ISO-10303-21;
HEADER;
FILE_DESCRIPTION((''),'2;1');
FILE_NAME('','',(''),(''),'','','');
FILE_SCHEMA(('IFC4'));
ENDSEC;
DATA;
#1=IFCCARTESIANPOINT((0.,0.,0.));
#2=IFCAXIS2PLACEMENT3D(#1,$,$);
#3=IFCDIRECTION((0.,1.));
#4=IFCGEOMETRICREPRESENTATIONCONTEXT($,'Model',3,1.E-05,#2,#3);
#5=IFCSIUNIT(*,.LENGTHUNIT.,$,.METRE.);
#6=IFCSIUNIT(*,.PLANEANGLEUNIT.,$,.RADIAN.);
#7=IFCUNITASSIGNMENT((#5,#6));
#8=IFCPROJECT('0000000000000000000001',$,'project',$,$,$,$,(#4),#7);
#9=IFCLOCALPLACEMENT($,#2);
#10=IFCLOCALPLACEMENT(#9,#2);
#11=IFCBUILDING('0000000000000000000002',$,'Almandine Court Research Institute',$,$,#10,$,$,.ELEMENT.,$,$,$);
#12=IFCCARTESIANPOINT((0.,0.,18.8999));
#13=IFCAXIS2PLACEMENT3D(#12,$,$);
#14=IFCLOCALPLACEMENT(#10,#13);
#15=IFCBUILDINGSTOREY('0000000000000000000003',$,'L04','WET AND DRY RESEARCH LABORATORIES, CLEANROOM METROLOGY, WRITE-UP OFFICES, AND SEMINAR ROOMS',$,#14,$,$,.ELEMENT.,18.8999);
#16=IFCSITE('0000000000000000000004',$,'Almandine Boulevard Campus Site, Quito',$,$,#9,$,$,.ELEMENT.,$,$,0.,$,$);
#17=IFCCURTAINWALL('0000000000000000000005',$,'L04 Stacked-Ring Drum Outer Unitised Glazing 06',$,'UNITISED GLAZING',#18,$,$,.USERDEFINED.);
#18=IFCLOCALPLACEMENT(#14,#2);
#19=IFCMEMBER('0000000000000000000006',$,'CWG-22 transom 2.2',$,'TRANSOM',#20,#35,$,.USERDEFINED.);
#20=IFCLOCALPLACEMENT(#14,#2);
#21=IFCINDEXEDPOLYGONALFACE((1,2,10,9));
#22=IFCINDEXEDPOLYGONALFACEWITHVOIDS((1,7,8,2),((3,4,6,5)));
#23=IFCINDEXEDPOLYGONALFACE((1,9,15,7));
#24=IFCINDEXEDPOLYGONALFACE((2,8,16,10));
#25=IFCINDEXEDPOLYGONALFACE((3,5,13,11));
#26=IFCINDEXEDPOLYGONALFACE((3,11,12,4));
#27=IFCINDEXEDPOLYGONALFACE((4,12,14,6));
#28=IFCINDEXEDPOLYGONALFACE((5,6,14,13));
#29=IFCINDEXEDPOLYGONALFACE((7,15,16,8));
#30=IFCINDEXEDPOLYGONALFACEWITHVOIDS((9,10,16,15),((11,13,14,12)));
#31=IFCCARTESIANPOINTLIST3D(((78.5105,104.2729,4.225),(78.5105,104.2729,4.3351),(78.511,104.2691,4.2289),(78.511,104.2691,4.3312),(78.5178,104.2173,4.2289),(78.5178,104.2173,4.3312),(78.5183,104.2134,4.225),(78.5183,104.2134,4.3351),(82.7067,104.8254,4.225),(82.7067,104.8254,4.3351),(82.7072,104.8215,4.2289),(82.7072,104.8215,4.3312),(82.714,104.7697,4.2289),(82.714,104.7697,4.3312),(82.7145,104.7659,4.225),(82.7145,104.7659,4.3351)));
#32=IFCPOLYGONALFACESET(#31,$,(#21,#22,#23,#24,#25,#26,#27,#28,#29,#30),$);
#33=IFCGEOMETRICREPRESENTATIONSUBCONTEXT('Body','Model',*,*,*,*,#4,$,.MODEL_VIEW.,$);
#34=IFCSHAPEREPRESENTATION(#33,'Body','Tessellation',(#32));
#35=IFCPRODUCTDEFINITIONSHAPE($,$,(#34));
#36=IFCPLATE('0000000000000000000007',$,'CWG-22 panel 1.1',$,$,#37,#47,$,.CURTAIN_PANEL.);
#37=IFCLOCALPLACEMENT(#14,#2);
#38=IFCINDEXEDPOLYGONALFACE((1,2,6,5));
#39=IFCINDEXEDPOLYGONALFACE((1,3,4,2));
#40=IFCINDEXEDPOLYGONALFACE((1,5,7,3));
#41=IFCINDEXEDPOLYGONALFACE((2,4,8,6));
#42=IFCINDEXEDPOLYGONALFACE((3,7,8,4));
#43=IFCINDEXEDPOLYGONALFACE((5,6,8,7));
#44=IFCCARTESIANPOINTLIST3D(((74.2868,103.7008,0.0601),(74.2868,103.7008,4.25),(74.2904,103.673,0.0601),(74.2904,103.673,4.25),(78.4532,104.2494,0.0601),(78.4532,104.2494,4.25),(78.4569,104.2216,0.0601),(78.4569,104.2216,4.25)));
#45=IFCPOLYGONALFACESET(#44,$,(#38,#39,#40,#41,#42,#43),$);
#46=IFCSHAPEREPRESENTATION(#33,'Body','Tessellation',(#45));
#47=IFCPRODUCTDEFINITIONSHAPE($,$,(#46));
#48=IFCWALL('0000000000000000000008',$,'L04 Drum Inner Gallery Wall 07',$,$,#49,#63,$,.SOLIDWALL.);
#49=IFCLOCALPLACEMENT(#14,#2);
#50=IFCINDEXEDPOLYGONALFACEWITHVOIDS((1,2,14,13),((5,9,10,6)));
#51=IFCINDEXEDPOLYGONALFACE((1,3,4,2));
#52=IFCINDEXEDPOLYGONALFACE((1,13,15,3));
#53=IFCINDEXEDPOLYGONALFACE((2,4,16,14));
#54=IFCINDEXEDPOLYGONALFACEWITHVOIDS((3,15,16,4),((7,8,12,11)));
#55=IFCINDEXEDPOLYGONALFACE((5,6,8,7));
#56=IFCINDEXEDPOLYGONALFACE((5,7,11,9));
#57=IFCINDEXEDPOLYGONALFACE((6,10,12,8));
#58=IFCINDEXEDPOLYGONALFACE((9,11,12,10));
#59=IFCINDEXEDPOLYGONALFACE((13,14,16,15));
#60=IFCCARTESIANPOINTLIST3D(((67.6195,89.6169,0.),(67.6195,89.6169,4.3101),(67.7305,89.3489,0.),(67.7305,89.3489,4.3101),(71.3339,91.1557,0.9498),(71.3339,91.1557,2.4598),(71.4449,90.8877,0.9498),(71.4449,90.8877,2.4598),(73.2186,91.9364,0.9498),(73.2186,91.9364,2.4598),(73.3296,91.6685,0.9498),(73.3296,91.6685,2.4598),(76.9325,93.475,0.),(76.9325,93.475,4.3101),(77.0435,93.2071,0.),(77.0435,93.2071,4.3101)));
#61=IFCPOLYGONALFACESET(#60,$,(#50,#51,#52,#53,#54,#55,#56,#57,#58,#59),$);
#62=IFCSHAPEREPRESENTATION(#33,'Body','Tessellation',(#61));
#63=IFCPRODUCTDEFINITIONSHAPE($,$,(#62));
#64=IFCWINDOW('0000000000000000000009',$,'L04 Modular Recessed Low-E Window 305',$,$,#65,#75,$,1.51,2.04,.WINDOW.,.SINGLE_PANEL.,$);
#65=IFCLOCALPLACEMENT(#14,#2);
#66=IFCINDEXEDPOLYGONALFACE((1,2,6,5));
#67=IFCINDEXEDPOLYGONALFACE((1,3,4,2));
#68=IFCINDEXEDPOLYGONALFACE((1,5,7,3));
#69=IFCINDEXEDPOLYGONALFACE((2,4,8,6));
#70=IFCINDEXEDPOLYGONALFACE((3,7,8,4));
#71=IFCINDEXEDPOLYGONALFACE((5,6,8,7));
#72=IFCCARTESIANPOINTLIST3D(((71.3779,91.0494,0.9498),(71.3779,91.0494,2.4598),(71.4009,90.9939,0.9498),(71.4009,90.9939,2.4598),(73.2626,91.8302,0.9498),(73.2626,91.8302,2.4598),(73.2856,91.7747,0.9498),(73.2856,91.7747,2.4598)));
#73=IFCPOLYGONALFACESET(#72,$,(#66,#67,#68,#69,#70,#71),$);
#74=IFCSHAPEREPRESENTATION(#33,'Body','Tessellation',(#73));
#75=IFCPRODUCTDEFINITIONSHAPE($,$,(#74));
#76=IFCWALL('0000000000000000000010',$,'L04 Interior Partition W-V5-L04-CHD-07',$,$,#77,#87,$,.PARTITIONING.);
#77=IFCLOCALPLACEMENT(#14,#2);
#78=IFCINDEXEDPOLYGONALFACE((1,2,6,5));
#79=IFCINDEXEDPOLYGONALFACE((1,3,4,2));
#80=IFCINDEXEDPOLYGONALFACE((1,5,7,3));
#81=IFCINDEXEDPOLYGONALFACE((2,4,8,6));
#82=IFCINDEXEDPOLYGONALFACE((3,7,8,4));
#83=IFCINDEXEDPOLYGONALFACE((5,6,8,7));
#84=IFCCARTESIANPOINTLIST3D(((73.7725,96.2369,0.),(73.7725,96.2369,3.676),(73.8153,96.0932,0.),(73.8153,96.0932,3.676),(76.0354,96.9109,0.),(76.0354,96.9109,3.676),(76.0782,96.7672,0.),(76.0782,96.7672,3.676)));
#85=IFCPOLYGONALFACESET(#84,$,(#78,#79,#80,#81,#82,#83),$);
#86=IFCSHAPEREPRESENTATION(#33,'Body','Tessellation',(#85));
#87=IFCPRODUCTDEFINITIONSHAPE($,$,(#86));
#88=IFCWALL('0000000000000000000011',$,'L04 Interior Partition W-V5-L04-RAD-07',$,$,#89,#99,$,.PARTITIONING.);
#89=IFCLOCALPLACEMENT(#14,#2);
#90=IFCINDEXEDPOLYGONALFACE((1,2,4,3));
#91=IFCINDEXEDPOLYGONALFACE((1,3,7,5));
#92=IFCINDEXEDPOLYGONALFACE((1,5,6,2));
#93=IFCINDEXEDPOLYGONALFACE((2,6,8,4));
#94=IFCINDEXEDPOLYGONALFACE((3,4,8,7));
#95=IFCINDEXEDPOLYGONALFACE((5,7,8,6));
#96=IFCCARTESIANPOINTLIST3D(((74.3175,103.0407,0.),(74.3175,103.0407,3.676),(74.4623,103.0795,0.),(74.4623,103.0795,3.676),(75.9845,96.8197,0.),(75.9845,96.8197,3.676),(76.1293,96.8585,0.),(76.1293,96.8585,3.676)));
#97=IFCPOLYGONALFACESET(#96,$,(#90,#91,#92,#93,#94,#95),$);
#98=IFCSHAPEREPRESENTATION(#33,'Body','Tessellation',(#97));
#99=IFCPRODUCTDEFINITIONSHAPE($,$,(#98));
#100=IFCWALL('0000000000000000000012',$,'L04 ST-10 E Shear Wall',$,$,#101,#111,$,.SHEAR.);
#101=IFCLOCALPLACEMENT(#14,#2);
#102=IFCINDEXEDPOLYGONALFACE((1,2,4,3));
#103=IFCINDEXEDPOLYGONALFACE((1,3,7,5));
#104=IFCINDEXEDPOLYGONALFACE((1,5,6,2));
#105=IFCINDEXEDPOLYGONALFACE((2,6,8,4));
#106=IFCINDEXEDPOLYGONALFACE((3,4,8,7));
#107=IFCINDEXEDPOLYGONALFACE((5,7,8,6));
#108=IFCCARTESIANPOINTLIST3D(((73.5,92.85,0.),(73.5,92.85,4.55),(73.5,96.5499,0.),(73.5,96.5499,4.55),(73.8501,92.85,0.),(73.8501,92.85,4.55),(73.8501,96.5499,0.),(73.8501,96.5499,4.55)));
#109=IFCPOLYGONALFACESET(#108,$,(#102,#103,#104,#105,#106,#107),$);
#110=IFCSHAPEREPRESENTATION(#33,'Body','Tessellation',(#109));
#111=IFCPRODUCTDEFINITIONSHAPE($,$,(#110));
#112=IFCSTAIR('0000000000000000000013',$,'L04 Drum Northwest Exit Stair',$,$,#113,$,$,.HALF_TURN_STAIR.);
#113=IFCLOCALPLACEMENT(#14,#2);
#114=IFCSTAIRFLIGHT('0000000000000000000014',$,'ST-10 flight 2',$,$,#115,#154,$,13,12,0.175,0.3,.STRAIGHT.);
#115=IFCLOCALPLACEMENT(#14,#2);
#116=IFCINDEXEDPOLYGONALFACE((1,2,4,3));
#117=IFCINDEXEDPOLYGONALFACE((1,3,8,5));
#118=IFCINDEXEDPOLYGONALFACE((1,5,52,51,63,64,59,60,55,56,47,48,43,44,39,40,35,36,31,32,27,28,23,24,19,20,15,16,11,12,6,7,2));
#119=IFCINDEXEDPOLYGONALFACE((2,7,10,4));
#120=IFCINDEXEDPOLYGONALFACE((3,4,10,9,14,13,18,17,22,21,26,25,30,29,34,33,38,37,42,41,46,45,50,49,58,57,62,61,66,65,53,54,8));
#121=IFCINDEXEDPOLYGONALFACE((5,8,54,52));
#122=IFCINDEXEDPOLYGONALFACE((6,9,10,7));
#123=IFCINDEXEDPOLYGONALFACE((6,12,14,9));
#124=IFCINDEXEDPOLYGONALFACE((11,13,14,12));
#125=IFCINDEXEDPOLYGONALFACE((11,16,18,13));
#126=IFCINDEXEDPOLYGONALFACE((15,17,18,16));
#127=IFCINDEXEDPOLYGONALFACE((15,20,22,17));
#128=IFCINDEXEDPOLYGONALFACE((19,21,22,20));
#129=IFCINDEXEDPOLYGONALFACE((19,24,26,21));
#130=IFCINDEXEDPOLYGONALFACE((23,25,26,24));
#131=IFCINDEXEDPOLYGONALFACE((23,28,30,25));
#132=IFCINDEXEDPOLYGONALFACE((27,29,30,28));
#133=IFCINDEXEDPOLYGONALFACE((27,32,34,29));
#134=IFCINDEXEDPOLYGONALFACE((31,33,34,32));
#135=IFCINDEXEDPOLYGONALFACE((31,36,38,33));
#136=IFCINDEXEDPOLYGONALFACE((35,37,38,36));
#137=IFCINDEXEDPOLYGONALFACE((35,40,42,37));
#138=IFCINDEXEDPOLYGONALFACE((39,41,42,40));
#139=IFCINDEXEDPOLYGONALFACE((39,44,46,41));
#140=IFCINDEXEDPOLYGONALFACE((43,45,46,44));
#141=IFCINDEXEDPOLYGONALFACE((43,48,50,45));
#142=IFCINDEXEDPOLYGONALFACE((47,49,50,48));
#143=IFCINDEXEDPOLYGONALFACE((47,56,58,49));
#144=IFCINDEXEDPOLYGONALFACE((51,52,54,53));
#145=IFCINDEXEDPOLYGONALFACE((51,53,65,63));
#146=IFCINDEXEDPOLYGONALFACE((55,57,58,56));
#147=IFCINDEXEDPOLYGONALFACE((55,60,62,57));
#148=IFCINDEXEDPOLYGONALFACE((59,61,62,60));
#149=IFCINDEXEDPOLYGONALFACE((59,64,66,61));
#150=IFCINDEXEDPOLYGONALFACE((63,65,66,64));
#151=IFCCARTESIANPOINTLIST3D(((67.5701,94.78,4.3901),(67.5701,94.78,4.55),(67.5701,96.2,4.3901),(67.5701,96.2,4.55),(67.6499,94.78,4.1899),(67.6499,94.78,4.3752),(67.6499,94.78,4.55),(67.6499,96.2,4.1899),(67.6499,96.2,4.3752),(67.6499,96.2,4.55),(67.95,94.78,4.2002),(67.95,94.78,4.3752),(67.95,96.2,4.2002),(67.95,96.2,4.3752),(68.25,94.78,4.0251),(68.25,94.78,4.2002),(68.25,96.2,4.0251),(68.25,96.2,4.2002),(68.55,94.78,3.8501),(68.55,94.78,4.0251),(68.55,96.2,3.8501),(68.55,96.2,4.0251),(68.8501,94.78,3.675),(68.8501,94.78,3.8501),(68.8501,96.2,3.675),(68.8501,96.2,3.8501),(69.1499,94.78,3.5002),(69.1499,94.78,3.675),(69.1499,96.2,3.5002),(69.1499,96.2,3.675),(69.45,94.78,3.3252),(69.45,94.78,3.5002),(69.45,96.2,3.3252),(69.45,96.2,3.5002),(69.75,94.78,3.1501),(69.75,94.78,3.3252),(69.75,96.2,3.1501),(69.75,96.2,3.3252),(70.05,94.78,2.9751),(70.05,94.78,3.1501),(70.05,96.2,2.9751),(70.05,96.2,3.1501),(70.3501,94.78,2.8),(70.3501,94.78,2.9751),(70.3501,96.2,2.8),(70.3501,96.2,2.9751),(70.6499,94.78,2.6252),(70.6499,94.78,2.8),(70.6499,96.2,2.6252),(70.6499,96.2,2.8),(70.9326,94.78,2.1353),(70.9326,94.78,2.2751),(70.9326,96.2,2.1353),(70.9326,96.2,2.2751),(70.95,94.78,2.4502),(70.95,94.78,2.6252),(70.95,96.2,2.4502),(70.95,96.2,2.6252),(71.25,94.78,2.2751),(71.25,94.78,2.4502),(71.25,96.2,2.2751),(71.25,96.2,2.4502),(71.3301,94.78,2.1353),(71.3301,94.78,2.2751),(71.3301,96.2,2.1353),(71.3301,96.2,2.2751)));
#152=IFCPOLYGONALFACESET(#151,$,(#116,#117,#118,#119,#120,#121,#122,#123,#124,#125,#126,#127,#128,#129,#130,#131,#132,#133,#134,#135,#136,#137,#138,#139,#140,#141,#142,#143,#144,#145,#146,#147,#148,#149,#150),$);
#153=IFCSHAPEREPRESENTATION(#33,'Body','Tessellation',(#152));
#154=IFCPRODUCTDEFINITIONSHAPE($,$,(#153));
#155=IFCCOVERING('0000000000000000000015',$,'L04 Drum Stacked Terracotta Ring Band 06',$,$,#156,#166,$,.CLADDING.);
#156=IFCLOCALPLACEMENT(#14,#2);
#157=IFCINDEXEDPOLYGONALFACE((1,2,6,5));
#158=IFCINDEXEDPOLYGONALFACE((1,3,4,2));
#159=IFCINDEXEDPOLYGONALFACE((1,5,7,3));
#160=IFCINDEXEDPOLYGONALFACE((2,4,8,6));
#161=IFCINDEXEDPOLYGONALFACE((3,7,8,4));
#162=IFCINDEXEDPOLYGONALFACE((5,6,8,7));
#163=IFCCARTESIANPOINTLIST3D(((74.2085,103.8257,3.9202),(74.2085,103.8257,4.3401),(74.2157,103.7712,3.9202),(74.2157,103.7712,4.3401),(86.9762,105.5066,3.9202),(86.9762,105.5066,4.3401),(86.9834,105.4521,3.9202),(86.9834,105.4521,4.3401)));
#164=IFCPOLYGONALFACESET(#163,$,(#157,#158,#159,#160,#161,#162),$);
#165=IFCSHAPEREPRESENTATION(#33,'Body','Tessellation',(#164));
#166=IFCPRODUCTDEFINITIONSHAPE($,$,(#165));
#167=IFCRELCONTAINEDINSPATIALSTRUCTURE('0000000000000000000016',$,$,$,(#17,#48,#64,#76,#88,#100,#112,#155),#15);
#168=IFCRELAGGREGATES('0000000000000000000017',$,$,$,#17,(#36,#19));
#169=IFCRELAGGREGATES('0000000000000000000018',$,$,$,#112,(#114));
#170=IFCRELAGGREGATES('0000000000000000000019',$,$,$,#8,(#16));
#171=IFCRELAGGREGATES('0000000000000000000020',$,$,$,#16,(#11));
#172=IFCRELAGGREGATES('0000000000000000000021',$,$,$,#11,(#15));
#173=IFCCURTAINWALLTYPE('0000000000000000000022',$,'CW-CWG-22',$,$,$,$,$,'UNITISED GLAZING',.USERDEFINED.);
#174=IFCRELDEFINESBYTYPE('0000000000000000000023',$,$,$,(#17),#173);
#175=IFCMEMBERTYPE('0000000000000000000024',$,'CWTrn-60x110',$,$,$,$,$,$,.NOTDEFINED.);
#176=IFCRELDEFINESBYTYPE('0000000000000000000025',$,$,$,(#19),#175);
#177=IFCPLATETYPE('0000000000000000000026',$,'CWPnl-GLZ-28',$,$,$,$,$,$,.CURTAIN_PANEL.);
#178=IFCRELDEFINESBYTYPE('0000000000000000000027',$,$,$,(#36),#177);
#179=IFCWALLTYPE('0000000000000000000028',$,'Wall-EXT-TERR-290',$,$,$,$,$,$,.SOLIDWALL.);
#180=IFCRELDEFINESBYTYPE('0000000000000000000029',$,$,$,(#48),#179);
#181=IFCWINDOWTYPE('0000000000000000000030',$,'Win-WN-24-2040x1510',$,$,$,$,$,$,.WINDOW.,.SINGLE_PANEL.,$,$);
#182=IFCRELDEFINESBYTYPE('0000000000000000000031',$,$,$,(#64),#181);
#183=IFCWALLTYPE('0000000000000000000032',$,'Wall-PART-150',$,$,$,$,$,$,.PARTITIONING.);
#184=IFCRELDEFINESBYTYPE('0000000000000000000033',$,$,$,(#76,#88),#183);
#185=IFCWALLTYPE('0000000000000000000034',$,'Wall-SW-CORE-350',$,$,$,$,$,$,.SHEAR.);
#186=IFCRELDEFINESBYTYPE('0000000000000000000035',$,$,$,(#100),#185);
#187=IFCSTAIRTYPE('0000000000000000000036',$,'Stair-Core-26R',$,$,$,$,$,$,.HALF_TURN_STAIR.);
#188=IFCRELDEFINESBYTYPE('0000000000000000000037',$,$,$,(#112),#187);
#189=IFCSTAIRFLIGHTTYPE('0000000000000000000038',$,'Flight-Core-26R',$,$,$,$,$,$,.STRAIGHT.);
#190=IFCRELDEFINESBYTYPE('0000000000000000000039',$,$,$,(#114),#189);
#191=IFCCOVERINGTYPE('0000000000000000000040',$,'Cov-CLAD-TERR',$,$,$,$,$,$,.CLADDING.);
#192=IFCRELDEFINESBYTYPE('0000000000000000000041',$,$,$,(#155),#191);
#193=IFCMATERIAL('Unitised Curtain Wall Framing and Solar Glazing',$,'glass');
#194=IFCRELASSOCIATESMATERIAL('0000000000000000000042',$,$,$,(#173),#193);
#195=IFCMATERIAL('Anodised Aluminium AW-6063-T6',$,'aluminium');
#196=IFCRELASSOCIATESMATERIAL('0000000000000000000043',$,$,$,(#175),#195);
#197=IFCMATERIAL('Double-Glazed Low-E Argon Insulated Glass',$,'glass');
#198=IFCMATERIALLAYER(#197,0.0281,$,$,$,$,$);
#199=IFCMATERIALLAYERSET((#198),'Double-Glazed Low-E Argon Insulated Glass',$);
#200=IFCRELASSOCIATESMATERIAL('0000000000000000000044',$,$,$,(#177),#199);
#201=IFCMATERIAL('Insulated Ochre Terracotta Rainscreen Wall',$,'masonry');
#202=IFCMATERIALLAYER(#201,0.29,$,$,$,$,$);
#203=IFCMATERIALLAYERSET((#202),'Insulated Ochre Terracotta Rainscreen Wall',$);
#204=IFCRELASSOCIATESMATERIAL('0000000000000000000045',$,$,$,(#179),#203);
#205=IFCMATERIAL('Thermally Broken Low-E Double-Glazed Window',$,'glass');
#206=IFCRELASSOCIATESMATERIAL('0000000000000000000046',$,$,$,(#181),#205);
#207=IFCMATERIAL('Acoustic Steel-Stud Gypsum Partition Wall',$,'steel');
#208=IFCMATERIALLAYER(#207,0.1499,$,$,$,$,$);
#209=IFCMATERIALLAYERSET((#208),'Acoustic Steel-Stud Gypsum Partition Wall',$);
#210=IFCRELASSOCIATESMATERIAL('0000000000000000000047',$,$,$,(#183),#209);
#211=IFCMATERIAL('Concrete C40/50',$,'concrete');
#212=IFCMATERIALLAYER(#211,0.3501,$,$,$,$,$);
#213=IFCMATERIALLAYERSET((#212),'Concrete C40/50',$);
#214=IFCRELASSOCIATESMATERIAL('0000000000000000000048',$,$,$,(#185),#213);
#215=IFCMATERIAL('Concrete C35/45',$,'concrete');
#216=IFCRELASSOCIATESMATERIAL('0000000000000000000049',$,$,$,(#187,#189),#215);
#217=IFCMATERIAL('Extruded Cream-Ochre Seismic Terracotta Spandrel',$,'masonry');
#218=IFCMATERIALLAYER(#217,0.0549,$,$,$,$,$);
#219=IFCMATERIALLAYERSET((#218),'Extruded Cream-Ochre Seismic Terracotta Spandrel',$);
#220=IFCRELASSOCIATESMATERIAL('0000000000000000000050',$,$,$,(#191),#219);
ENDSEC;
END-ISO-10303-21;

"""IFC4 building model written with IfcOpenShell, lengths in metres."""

from ifc_helpers import new_model, si_unit, direction, frame, frame_2d, origin, origin_2d, place, context, subcontext, project, spatial, polyline, rectangle, hollow_rectangle, outline, extrude, material, layer, layer_set, material_profile, profile_set, type_object, element, fill, aggregate, save


model = new_model("IFC4")

# Units and contexts
model_context = context("Model", 3, precision=1e-05, world=origin(), true_north=direction((0.0, 1.0)))
body_context = subcontext(model_context, "Body", "Model", "MODEL_VIEW")
ifc_project = project(units=[si_unit("LENGTHUNIT", "METRE"), si_unit("PLANEANGLEUNIT", "RADIAN")], contexts=[model_context])

# Site, building, storey
site_placement = place(None, origin())
site = spatial("IfcSite", under=ifc_project, at=site_placement, Name="Almandine Boulevard Campus Site, Quito", CompositionType="ELEMENT", RefElevation=0.0)
building_placement = place(site_placement, origin())
building = spatial("IfcBuilding", under=site, at=building_placement, Name="Almandine Court Research Institute", CompositionType="ELEMENT")
storey_placement = place(building_placement, frame((0.0, 0.0, 18.8999)))
storey = spatial("IfcBuildingStorey", under=building, at=storey_placement, Name="L04", Description="WET AND DRY RESEARCH LABORATORIES, CLEANROOM METROLOGY, WRITE-UP OFFICES, AND SEMINAR ROOMS", CompositionType="ELEMENT", Elevation=18.8999)

# Curtain wall, member, plate
ifc_material_1 = material(Name="Unitised Curtain Wall Framing and Solar Glazing", Category="glass")
curtain_wall_type = type_object("IfcCurtainWallType", Name="CW-CWG-22", ElementType="UNITISED GLAZING", PredefinedType="USERDEFINED", material=ifc_material_1)
curtain_wall_placement = place(storey_placement, origin())
curtain_wall = element("IfcCurtainWall", 1, at=curtain_wall_placement, inside=storey, type_object=curtain_wall_type, Name="L04 Stacked-Ring Drum Outer Unitised Glazing 06", ObjectType="UNITISED GLAZING", PredefinedType="USERDEFINED")
ifc_material_2 = material(Name="Anodised Aluminium AW-6063-T6", Category="aluminium")
ifc_material_profile_1 = material_profile(ifc_material_2, hollow_rectangle(XDim=0.0601, YDim=0.1101, WallThickness=0.0039, at=origin_2d()), Name="ALU RHS 60x110x4")
ifc_profile_set_1 = profile_set([ifc_material_profile_1], Name="Anodised Aluminium AW-6063-T6")
member_type_1 = type_object("IfcMemberType", Name="CWTrn-60x110", PredefinedType="NOTDEFINED", material=ifc_profile_set_1)
member_1_placement = place(storey_placement, frame((78.5144, 104.2432, 4.28), z_axis=(0.991444, 0.130535, 0.0), x_axis=(-0.130535, 0.991444, 0.0)))
member_1 = element("IfcMember", 2, at=member_1_placement, type_object=member_type_1, Name="CWG-22 transom 2.2", ObjectType="TRANSOM", PredefinedType="USERDEFINED", context=body_context, shape_type="SweptSolid", body=[
    extrude(hollow_rectangle(XDim=0.0601, YDim=0.1101, WallThickness=0.0039, at=origin_2d()), origin(), (0.0, 0.0, 1.0), 4.2324),
])
ifc_material_3 = material(Name="Double-Glazed Low-E Argon Insulated Glass", Category="glass")
ifc_layer_1 = layer(ifc_material_3, 0.0281)
ifc_layer_set_1 = layer_set([ifc_layer_1], Name="Double-Glazed Low-E Argon Insulated Glass")
plate_type = type_object("IfcPlateType", Name="CWPnl-GLZ-28", PredefinedType="CURTAIN_PANEL", material=ifc_layer_set_1)
plate_placement = place(storey_placement, frame((76.3718, 103.9612, 0.0601), z_axis=(0.0, 0.0, 1.0), x_axis=(0.991443, 0.130541, 0.0)))
plate = element("IfcPlate", 3, at=plate_placement, type_object=plate_type, Name="CWG-22 panel 1.1", PredefinedType="CURTAIN_PANEL", context=body_context, shape_type="SweptSolid", body=[
    extrude(rectangle(XDim=4.2024, YDim=0.0281, at=origin_2d()), origin(), (0.0, 0.0, 1.0), 4.1899),
])
aggregate(curtain_wall, [plate, member_1])

# Wall, opening, window
ifc_material_4 = material(Name="Insulated Ochre Terracotta Rainscreen Wall", Category="masonry")
ifc_layer_2 = layer(ifc_material_4, 0.29)
ifc_layer_set_2 = layer_set([ifc_layer_2], Name="Insulated Ochre Terracotta Rainscreen Wall")
wall_type_1 = type_object("IfcWallType", Name="Wall-EXT-TERR-290", PredefinedType="SOLIDWALL", material=ifc_layer_set_2)
wall_1_placement = place(storey_placement, frame((76.988, 93.3411, 0.0), z_axis=(0.0, 0.0, 1.0), x_axis=(-0.923859, -0.382733, 0.0)))
wall_1 = element("IfcWall", 4, at=wall_1_placement, inside=storey, type_object=wall_type_1, Name="L04 Drum Inner Gallery Wall 07", PredefinedType="SOLIDWALL", context=body_context, shape_type="SweptSolid", body=[
    extrude(rectangle(XDim=10.0806, YDim=0.29, at=frame_2d((5.0403, 0.0))), origin(), (0.0, 0.0, 1.0), 4.3101),
])
opening_placement = place(wall_1_placement, frame((4.02, 0.0, 0.95)))
opening = element("IfcOpeningElement", 5, at=opening_placement, cuts=wall_1, PredefinedType="OPENING", context=body_context, shape_type="SweptSolid", body=[
    extrude(rectangle(XDim=2.04, YDim=1.51, at=frame_2d((1.02, 0.7549))), frame((0.0, 0.155, 0.0), z_axis=(0.0, -1.0, 0.0), x_axis=(1.0, 0.0, 0.0)), (0.0, 0.0, 1.0), 0.3101),
])
ifc_material_5 = material(Name="Thermally Broken Low-E Double-Glazed Window", Category="glass")
window_type = type_object("IfcWindowType", Name="Win-WN-24-2040x1510", PartitioningType="SINGLE_PANEL", PredefinedType="WINDOW", material=ifc_material_5)
window_placement = place(opening_placement, origin())
window = element("IfcWindow", 6, at=window_placement, inside=storey, type_object=window_type, Name="L04 Modular Recessed Low-E Window 305", OverallHeight=1.51, OverallWidth=2.04, PartitioningType="SINGLE_PANEL", PredefinedType="WINDOW", context=body_context, shape_type="SweptSolid", body=[
    extrude(rectangle(XDim=2.04, YDim=1.51, at=frame_2d((1.02, 0.7549))), frame((0.0, 0.03, 0.0), z_axis=(0.0, -1.0, 0.0), x_axis=(1.0, 0.0, 0.0)), (0.0, 0.0, 1.0), 0.0601),
])
fill(opening, window)

# Walls
ifc_material_6 = material(Name="Acoustic Steel-Stud Gypsum Partition Wall", Category="steel")
ifc_layer_3 = layer(ifc_material_6, 0.1499)
ifc_layer_set_3 = layer_set([ifc_layer_3], Name="Acoustic Steel-Stud Gypsum Partition Wall")
wall_type_2 = type_object("IfcWallType", Name="Wall-PART-150", PredefinedType="PARTITIONING", material=ifc_layer_set_3)
wall_2_placement = place(storey_placement, frame((76.0569, 96.8391, 0.0), z_axis=(0.0, 0.0, 1.0), x_axis=(-0.958385, -0.285479, 0.0)))
element("IfcWall", 7, at=wall_2_placement, inside=storey, type_object=wall_type_2, Name="L04 Interior Partition W-V5-L04-CHD-07", PredefinedType="PARTITIONING", context=body_context, shape_type="SweptSolid", body=[
    extrude(rectangle(XDim=2.3611, YDim=0.1499, at=frame_2d((1.1807, 0.0))), origin(), (0.0, 0.0, 1.0), 3.676),
])
wall_3_placement = place(storey_placement, frame((76.0569, 96.8391, 0.0), z_axis=(0.0, 0.0, 1.0), x_axis=(-0.258833, 0.965922, 0.0)))
element("IfcWall", 8, at=wall_3_placement, inside=storey, type_object=wall_type_2, Name="L04 Interior Partition W-V5-L04-RAD-07", PredefinedType="PARTITIONING", context=body_context, shape_type="SweptSolid", body=[
    extrude(rectangle(XDim=6.4404, YDim=0.1499, at=frame_2d((3.2202, 0.0))), origin(), (0.0, 0.0, 1.0), 3.676),
])
ifc_material_7 = material(Name="Concrete C40/50", Category="concrete")
ifc_layer_4 = layer(ifc_material_7, 0.3501)
ifc_layer_set_4 = layer_set([ifc_layer_4], Name="Concrete C40/50")
wall_type_3 = type_object("IfcWallType", Name="Wall-SW-CORE-350", PredefinedType="SHEAR", material=ifc_layer_set_4)
wall_4_placement = place(storey_placement, frame((73.675, 96.55, 0.0), z_axis=(0.0, 0.0, 1.0), x_axis=(0.0, -1.0, 0.0)))
element("IfcWall", 9, at=wall_4_placement, inside=storey, type_object=wall_type_3, Name="L04 ST-10 E Shear Wall", PredefinedType="SHEAR", context=body_context, shape_type="SweptSolid", body=[
    extrude(rectangle(XDim=3.7, YDim=0.3501, at=frame_2d((1.8501, 0.0))), origin(), (0.0, 0.0, 1.0), 4.55),
])

# Stair, stair flight
ifc_material_8 = material(Name="Concrete C35/45", Category="concrete")
stair_type = type_object("IfcStairType", Name="Stair-Core-26R", PredefinedType="HALF_TURN_STAIR", material=ifc_material_8)
stair_placement = place(storey_placement, origin())
stair = element("IfcStair", 10, at=stair_placement, inside=storey, type_object=stair_type, Name="L04 Drum Northwest Exit Stair", PredefinedType="HALF_TURN_STAIR")
stair_flight_type = type_object("IfcStairFlightType", Name="Flight-Core-26R", PredefinedType="STRAIGHT", material=ifc_material_8)
stair_flight_placement = place(storey_placement, frame((71.25, 95.49, 2.2751), z_axis=(0.0, 0.0, 1.0), x_axis=(-1.0, 0.0, 0.0)))
stair_flight = element("IfcStairFlight", 11, at=stair_flight_placement, type_object=stair_flight_type, Name="ST-10 flight 2", NumberOfRisers=13, NumberOfTreads=12, PredefinedType="STRAIGHT", RiserHeight=0.175, TreadLength=0.3, context=body_context, shape_type="SweptSolid", body=[
    extrude(outline(polyline([(-0.0801, -0.1399), (-0.0801, 0.0), (0.0, 0.0), (0.0, 0.175), (0.3, 0.175), (0.3, 0.3501), (0.6001, 0.3501), (0.6001, 0.5249), (0.8999, 0.5249), (0.8999, 0.7), (1.2, 0.7), (1.2, 0.875), (1.5, 0.875), (1.5, 1.05), (1.8, 1.05), (1.8, 1.2251), (2.1001, 1.2251), (2.1001, 1.3999), (2.3999, 1.3999), (2.3999, 1.575), (2.7, 1.575), (2.7, 1.75), (3.0, 1.75), (3.0, 1.925), (3.3, 1.925), (3.3, 2.1001), (3.6001, 2.1001), (3.6001, 2.2749), (3.6799, 2.2749), (3.6799, 2.115), (3.6001, 1.9148), (0.3174, 0.0), (0.3174, -0.1399), (-0.0801, -0.1399)])), frame((0.0, 0.71, 0.0), z_axis=(0.0, -1.0, 0.0), x_axis=(1.0, 0.0, 0.0)), (0.0, 0.0, 1.0), 1.4199),
])
aggregate(stair, [stair_flight])

# Covering
ifc_material_9 = material(Name="Extruded Cream-Ochre Seismic Terracotta Spandrel", Category="masonry")
ifc_layer_5 = layer(ifc_material_9, 0.0549)
ifc_layer_set_5 = layer_set([ifc_layer_5], Name="Extruded Cream-Ochre Seismic Terracotta Spandrel")
covering_type = type_object("IfcCoveringType", Name="Cov-CLAD-TERR", PredefinedType="CLADDING", material=ifc_layer_set_5)
covering_placement = place(storey_placement, frame((80.5959, 104.6389, 3.9202), z_axis=(0.0, 0.0, 1.0), x_axis=(0.991445, 0.130526, 0.0)))
element("IfcCovering", 12, at=covering_placement, inside=storey, type_object=covering_type, Name="L04 Drum Stacked Terracotta Ring Band 06", PredefinedType="CLADDING", context=body_context, shape_type="SweptSolid", body=[
    extrude(rectangle(XDim=12.8779, YDim=0.0549, at=origin_2d()), origin(), (0.0, 0.0, 1.0), 0.4199),
])

save(model, "model.ifc")
